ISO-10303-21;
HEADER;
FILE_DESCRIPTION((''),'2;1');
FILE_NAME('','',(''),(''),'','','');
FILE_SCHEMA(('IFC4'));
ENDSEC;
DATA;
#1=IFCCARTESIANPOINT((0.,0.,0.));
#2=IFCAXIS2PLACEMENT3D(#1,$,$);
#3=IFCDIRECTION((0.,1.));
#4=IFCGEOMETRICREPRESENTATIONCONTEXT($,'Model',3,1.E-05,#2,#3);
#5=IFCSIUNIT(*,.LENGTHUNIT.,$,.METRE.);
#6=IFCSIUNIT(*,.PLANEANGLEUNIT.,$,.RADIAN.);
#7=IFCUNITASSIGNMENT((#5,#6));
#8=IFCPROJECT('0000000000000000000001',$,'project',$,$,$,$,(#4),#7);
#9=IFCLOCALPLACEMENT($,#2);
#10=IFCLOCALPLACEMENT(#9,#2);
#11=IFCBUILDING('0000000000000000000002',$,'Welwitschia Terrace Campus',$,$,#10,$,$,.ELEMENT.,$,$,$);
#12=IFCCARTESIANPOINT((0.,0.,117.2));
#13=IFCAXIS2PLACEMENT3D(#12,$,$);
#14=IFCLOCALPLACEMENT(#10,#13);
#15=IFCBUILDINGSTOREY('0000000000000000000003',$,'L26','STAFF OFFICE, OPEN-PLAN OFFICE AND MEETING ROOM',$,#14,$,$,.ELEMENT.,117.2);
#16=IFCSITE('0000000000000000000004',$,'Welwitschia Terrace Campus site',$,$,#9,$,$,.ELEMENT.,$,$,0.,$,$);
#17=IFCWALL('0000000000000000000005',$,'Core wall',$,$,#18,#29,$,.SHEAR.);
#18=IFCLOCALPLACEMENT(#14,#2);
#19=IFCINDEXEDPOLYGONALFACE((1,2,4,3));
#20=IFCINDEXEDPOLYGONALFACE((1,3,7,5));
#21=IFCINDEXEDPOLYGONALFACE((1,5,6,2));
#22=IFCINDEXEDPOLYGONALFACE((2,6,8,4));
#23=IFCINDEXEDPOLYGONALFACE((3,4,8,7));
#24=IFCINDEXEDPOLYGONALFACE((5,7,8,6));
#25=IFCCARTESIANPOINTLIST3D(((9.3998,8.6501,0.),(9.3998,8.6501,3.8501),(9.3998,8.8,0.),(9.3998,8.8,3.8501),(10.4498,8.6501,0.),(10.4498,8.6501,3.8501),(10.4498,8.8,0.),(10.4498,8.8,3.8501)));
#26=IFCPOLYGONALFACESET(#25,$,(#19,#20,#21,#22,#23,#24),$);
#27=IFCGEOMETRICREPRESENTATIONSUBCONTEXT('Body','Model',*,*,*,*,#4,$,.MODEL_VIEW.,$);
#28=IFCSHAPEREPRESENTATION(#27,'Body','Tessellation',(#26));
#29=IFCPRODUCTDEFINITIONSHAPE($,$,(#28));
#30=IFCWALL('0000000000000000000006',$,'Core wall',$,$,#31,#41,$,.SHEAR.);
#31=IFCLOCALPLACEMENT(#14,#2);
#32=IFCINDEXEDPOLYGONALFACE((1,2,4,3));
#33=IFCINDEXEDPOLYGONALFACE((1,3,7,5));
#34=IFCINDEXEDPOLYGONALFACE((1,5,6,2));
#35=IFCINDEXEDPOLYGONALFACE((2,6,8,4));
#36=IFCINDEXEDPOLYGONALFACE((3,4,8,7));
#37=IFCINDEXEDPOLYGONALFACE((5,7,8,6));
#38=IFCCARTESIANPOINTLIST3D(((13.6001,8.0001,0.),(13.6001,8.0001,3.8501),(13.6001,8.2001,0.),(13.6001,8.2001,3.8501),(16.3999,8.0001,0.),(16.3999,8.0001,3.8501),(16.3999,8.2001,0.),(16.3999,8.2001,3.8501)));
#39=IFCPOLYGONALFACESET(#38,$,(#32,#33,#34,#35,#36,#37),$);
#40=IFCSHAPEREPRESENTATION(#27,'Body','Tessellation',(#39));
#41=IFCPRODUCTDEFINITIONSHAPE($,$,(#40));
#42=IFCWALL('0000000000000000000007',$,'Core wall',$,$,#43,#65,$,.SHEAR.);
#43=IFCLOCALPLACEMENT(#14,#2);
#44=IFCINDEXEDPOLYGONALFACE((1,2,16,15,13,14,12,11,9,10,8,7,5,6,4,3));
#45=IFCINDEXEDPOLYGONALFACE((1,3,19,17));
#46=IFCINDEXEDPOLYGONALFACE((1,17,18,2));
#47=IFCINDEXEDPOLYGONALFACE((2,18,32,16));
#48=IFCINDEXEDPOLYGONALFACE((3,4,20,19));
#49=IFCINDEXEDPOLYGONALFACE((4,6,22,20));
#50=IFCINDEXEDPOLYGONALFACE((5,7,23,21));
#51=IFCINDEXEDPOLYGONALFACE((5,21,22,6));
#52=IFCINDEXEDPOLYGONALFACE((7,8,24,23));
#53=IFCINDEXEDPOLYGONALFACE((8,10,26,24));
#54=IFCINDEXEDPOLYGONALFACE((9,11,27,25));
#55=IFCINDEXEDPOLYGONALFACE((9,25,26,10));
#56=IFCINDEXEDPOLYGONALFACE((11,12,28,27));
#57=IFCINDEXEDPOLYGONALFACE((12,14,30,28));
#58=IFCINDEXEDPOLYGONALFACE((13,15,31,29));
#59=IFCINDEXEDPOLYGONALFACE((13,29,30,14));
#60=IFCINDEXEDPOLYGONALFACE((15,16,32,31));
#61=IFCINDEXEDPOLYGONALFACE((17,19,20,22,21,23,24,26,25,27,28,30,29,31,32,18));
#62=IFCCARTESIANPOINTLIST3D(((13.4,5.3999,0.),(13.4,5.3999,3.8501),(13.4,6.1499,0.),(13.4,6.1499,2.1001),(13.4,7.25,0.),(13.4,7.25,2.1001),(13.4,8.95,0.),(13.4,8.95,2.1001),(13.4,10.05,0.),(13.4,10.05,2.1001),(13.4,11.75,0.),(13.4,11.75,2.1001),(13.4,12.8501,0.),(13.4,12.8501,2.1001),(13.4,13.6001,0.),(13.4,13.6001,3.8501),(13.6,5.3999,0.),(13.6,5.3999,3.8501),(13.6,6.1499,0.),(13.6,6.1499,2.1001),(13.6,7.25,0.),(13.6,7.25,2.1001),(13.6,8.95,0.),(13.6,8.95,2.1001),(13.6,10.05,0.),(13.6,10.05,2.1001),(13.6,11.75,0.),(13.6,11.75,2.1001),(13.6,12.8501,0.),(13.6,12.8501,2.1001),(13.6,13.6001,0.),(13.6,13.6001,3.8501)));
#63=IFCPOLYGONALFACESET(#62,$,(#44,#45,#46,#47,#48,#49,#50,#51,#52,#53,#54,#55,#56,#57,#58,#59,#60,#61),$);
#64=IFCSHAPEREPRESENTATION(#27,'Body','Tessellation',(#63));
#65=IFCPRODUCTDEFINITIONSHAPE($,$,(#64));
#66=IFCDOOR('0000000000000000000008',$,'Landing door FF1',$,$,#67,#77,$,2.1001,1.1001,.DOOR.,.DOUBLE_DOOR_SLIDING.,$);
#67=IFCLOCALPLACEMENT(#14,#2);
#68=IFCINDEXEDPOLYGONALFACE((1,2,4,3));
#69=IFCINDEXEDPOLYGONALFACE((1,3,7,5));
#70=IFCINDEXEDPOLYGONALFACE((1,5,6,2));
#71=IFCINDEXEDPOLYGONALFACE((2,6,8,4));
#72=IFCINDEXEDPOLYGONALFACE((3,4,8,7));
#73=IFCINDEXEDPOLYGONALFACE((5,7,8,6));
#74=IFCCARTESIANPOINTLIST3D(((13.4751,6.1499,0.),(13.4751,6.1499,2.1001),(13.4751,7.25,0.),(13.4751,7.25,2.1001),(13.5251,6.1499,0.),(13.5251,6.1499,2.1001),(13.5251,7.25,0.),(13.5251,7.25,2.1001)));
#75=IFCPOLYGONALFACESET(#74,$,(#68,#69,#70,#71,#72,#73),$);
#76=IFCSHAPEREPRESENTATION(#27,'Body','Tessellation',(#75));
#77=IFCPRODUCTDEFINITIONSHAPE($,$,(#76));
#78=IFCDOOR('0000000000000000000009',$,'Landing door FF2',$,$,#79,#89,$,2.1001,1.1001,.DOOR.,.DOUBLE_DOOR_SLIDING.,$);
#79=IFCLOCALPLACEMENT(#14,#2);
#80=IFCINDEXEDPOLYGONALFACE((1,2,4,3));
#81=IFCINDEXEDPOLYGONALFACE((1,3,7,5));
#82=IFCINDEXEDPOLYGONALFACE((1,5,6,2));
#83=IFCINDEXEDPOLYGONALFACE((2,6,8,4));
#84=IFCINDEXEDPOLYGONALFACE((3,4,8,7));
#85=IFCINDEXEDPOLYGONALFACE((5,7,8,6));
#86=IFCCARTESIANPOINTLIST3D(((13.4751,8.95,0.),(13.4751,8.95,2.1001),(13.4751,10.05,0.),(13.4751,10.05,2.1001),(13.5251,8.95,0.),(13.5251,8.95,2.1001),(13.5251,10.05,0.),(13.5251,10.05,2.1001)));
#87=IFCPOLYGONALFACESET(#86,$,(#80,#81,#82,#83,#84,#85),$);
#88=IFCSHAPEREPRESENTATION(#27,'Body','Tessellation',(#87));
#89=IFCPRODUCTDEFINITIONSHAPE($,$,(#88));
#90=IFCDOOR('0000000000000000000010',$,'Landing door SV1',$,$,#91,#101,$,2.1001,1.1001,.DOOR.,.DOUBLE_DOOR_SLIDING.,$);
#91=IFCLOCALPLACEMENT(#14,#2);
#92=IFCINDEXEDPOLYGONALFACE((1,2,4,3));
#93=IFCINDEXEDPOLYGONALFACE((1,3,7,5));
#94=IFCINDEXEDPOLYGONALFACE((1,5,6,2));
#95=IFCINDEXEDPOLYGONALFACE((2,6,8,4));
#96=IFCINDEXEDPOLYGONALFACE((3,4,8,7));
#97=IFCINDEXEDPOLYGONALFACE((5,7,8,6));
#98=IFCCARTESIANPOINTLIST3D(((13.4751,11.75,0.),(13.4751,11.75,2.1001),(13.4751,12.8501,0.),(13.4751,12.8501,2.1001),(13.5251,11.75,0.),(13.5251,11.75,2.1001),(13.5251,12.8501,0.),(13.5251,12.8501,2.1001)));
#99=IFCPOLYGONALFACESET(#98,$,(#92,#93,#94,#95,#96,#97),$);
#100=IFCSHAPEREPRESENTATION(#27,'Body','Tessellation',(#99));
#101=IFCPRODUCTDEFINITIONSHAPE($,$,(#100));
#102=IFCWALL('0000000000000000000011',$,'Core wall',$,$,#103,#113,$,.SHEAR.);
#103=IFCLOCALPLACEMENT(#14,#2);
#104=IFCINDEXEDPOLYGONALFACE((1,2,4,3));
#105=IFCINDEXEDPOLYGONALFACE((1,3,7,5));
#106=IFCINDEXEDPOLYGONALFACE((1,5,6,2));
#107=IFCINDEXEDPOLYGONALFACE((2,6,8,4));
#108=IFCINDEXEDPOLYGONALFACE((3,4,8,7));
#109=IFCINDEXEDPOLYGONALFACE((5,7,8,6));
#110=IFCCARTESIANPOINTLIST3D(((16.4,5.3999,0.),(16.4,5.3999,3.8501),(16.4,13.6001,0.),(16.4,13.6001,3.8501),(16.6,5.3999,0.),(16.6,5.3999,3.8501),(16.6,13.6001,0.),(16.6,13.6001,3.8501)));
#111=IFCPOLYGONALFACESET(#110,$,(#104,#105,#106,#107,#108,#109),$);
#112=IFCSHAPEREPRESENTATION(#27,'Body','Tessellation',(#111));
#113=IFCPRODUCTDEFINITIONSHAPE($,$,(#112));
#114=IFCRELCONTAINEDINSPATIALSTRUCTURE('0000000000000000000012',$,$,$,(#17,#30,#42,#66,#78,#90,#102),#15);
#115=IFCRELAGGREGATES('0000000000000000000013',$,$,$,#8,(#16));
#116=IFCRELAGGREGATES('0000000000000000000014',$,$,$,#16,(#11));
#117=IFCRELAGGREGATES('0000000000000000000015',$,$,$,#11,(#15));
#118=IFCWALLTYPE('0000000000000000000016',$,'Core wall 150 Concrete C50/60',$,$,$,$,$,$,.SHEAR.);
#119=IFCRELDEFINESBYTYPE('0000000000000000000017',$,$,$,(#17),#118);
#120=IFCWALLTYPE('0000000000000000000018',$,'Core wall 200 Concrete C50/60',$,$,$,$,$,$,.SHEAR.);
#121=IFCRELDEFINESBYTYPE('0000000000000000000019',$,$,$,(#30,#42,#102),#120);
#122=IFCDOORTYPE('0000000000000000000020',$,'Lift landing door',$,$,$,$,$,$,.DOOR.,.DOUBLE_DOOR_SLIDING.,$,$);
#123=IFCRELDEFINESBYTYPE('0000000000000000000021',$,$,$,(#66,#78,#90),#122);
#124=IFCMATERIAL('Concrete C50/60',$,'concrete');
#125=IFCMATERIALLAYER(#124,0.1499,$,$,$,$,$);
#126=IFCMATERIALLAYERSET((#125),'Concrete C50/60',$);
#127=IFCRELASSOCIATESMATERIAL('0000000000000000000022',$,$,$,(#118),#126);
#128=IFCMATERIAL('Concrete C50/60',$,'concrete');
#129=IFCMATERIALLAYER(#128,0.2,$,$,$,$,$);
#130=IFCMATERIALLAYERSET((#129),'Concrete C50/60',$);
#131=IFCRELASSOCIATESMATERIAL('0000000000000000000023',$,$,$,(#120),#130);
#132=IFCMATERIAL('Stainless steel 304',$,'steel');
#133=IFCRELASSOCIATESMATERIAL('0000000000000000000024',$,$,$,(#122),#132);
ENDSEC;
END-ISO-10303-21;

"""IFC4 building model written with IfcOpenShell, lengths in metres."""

from ifc_helpers import new_model, si_unit, direction, frame, frame_2d, origin, place, context, subcontext, project, spatial, rectangle, extrude, material, layer, layer_set, type_object, element, fill, save


model = new_model("IFC4")

# Units and contexts
model_context = context("Model", 3, precision=1e-05, world=origin(), true_north=direction((0.0, 1.0)))
body_context = subcontext(model_context, "Body", "Model", "MODEL_VIEW")
ifc_project = project(units=[si_unit("LENGTHUNIT", "METRE"), si_unit("PLANEANGLEUNIT", "RADIAN")], contexts=[model_context])

# Site, building, storey
site_placement = place(None, origin())
site = spatial("IfcSite", under=ifc_project, at=site_placement, Name="Welwitschia Terrace Campus site", CompositionType="ELEMENT", RefElevation=0.0)
building_placement = place(site_placement, origin())
building = spatial("IfcBuilding", under=site, at=building_placement, Name="Welwitschia Terrace Campus", CompositionType="ELEMENT")
storey_placement = place(building_placement, frame((0.0, 0.0, 117.2)))
storey = spatial("IfcBuildingStorey", under=building, at=storey_placement, Name="L26", Description="STAFF OFFICE, OPEN-PLAN OFFICE AND MEETING ROOM", CompositionType="ELEMENT", Elevation=117.2)

# Walls
ifc_material_1 = material(Name="Concrete C50/60", Category="concrete")
ifc_layer_1 = layer(ifc_material_1, 0.1499)
ifc_layer_set_1 = layer_set([ifc_layer_1], Name="Concrete C50/60")
wall_type_1 = type_object("IfcWallType", Name="Core wall 150 Concrete C50/60", PredefinedType="SHEAR", material=ifc_layer_set_1)
for number, where, z_axis, x_axis, name in (
    (1, (9.3999, 8.7251, 0.0), (0.0, 0.0, 1.0), (1.0, 0.0, 0.0), "Core wall"),
):
    element("IfcWall", number, at=place(storey_placement, frame(where, z_axis=z_axis, x_axis=x_axis)), inside=storey, type_object=wall_type_1, Name=name, PredefinedType="SHEAR", context=body_context, shape_type="SweptSolid", body=[
        extrude(rectangle(XDim=1.05, YDim=0.1499, at=frame_2d((0.5249, 0.0))), origin(), (0.0, 0.0, 1.0), 3.8501),
    ])
ifc_material_2 = material(Name="Concrete C50/60", Category="concrete")
ifc_layer_2 = layer(ifc_material_2, 0.2)
ifc_layer_set_2 = layer_set([ifc_layer_2], Name="Concrete C50/60")
wall_type_2 = type_object("IfcWallType", Name="Core wall 200 Concrete C50/60", PredefinedType="SHEAR", material=ifc_layer_set_2)
wall_1_placement = place(storey_placement, frame((13.6001, 8.1001, 0.0), z_axis=(0.0, 0.0, 1.0), x_axis=(1.0, 0.0, 0.0)))
element("IfcWall", 2, at=wall_1_placement, inside=storey, type_object=wall_type_2, Name="Core wall", PredefinedType="SHEAR", context=body_context, shape_type="SweptSolid", body=[
    extrude(rectangle(XDim=2.7998, YDim=0.2, at=frame_2d((1.3999, 0.0))), origin(), (0.0, 0.0, 1.0), 3.8501),
])

# Wall, openings, doors
wall_2_placement = place(storey_placement, frame((13.5, 5.3999, 0.0), z_axis=(0.0, 0.0, 1.0), x_axis=(0.0, 1.0, 0.0)))
wall_2 = element("IfcWall", 3, at=wall_2_placement, inside=storey, type_object=wall_type_2, Name="Core wall", PredefinedType="SHEAR", context=body_context, shape_type="SweptSolid", body=[
    extrude(rectangle(XDim=8.2002, YDim=0.2, at=frame_2d((4.1001, 0.0))), origin(), (0.0, 0.0, 1.0), 3.8501),
])
opening_1_placement = place(wall_2_placement, frame((0.75, 0.0, 0.0)))
opening_1 = element("IfcOpeningElement", 4, at=opening_1_placement, cuts=wall_2, PredefinedType="OPENING", context=body_context, shape_type="SweptSolid", body=[
    extrude(rectangle(XDim=1.1001, YDim=2.1001, at=frame_2d((0.55, 1.05))), frame((0.0, 0.1099, 0.0), z_axis=(0.0, -1.0, 0.0), x_axis=(1.0, 0.0, 0.0)), (0.0, 0.0, 1.0), 0.22),
])
opening_2_placement = place(wall_2_placement, frame((3.55, 0.0, 0.0)))
opening_2 = element("IfcOpeningElement", 5, at=opening_2_placement, cuts=wall_2, PredefinedType="OPENING", context=body_context, shape_type="SweptSolid", body=[
    extrude(rectangle(XDim=1.1001, YDim=2.1001, at=frame_2d((0.55, 1.05))), frame((0.0, 0.1099, 0.0), z_axis=(0.0, -1.0, 0.0), x_axis=(1.0, 0.0, 0.0)), (0.0, 0.0, 1.0), 0.22),
])
opening_3_placement = place(wall_2_placement, frame((6.3501, 0.0, 0.0)))
opening_3 = element("IfcOpeningElement", 6, at=opening_3_placement, cuts=wall_2, PredefinedType="OPENING", context=body_context, shape_type="SweptSolid", body=[
    extrude(rectangle(XDim=1.1001, YDim=2.1001, at=frame_2d((0.55, 1.05))), frame((0.0, 0.1099, 0.0), z_axis=(0.0, -1.0, 0.0), x_axis=(1.0, 0.0, 0.0)), (0.0, 0.0, 1.0), 0.22),
])
ifc_material_3 = material(Name="Stainless steel 304", Category="steel")
door_type_1 = type_object("IfcDoorType", Name="Lift landing door", OperationType="DOUBLE_DOOR_SLIDING", PredefinedType="DOOR", material=ifc_material_3)
door_1_placement = place(opening_1_placement, origin())
door_1 = element("IfcDoor", 7, at=door_1_placement, inside=storey, type_object=door_type_1, Name="Landing door FF1", OperationType="DOUBLE_DOOR_SLIDING", OverallHeight=2.1001, OverallWidth=1.1001, PredefinedType="DOOR", context=body_context, shape_type="SweptSolid", body=[
    extrude(rectangle(XDim=1.1001, YDim=2.1001, at=frame_2d((0.55, 1.05))), frame((0.0, 0.0249, 0.0), z_axis=(0.0, -1.0, 0.0), x_axis=(1.0, 0.0, 0.0)), (0.0, 0.0, 1.0), 0.05),
])
fill(opening_1, door_1)
door_2_placement = place(opening_2_placement, origin())
door_2 = element("IfcDoor", 8, at=door_2_placement, inside=storey, type_object=door_type_1, Name="Landing door FF2", OperationType="DOUBLE_DOOR_SLIDING", OverallHeight=2.1001, OverallWidth=1.1001, PredefinedType="DOOR", context=body_context, shape_type="SweptSolid", body=[
    extrude(rectangle(XDim=1.1001, YDim=2.1001, at=frame_2d((0.55, 1.05))), frame((0.0, 0.0249, 0.0), z_axis=(0.0, -1.0, 0.0), x_axis=(1.0, 0.0, 0.0)), (0.0, 0.0, 1.0), 0.05),
])
fill(opening_2, door_2)
door_3_placement = place(opening_3_placement, origin())
door_3 = element("IfcDoor", 9, at=door_3_placement, inside=storey, type_object=door_type_1, Name="Landing door SV1", OperationType="DOUBLE_DOOR_SLIDING", OverallHeight=2.1001, OverallWidth=1.1001, PredefinedType="DOOR", context=body_context, shape_type="SweptSolid", body=[
    extrude(rectangle(XDim=1.1001, YDim=2.1001, at=frame_2d((0.55, 1.05))), frame((0.0, 0.0249, 0.0), z_axis=(0.0, -1.0, 0.0), x_axis=(1.0, 0.0, 0.0)), (0.0, 0.0, 1.0), 0.05),
])
fill(opening_3, door_3)

# Wall
wall_3_placement = place(storey_placement, frame((16.5, 5.3999, 0.0), z_axis=(0.0, 0.0, 1.0), x_axis=(0.0, 1.0, 0.0)))
element("IfcWall", 10, at=wall_3_placement, inside=storey, type_object=wall_type_2, Name="Core wall", PredefinedType="SHEAR", context=body_context, shape_type="SweptSolid", body=[
    extrude(rectangle(XDim=8.2002, YDim=0.2, at=frame_2d((4.1001, 0.0))), origin(), (0.0, 0.0, 1.0), 3.8501),
])

save(model, "model.ifc")
